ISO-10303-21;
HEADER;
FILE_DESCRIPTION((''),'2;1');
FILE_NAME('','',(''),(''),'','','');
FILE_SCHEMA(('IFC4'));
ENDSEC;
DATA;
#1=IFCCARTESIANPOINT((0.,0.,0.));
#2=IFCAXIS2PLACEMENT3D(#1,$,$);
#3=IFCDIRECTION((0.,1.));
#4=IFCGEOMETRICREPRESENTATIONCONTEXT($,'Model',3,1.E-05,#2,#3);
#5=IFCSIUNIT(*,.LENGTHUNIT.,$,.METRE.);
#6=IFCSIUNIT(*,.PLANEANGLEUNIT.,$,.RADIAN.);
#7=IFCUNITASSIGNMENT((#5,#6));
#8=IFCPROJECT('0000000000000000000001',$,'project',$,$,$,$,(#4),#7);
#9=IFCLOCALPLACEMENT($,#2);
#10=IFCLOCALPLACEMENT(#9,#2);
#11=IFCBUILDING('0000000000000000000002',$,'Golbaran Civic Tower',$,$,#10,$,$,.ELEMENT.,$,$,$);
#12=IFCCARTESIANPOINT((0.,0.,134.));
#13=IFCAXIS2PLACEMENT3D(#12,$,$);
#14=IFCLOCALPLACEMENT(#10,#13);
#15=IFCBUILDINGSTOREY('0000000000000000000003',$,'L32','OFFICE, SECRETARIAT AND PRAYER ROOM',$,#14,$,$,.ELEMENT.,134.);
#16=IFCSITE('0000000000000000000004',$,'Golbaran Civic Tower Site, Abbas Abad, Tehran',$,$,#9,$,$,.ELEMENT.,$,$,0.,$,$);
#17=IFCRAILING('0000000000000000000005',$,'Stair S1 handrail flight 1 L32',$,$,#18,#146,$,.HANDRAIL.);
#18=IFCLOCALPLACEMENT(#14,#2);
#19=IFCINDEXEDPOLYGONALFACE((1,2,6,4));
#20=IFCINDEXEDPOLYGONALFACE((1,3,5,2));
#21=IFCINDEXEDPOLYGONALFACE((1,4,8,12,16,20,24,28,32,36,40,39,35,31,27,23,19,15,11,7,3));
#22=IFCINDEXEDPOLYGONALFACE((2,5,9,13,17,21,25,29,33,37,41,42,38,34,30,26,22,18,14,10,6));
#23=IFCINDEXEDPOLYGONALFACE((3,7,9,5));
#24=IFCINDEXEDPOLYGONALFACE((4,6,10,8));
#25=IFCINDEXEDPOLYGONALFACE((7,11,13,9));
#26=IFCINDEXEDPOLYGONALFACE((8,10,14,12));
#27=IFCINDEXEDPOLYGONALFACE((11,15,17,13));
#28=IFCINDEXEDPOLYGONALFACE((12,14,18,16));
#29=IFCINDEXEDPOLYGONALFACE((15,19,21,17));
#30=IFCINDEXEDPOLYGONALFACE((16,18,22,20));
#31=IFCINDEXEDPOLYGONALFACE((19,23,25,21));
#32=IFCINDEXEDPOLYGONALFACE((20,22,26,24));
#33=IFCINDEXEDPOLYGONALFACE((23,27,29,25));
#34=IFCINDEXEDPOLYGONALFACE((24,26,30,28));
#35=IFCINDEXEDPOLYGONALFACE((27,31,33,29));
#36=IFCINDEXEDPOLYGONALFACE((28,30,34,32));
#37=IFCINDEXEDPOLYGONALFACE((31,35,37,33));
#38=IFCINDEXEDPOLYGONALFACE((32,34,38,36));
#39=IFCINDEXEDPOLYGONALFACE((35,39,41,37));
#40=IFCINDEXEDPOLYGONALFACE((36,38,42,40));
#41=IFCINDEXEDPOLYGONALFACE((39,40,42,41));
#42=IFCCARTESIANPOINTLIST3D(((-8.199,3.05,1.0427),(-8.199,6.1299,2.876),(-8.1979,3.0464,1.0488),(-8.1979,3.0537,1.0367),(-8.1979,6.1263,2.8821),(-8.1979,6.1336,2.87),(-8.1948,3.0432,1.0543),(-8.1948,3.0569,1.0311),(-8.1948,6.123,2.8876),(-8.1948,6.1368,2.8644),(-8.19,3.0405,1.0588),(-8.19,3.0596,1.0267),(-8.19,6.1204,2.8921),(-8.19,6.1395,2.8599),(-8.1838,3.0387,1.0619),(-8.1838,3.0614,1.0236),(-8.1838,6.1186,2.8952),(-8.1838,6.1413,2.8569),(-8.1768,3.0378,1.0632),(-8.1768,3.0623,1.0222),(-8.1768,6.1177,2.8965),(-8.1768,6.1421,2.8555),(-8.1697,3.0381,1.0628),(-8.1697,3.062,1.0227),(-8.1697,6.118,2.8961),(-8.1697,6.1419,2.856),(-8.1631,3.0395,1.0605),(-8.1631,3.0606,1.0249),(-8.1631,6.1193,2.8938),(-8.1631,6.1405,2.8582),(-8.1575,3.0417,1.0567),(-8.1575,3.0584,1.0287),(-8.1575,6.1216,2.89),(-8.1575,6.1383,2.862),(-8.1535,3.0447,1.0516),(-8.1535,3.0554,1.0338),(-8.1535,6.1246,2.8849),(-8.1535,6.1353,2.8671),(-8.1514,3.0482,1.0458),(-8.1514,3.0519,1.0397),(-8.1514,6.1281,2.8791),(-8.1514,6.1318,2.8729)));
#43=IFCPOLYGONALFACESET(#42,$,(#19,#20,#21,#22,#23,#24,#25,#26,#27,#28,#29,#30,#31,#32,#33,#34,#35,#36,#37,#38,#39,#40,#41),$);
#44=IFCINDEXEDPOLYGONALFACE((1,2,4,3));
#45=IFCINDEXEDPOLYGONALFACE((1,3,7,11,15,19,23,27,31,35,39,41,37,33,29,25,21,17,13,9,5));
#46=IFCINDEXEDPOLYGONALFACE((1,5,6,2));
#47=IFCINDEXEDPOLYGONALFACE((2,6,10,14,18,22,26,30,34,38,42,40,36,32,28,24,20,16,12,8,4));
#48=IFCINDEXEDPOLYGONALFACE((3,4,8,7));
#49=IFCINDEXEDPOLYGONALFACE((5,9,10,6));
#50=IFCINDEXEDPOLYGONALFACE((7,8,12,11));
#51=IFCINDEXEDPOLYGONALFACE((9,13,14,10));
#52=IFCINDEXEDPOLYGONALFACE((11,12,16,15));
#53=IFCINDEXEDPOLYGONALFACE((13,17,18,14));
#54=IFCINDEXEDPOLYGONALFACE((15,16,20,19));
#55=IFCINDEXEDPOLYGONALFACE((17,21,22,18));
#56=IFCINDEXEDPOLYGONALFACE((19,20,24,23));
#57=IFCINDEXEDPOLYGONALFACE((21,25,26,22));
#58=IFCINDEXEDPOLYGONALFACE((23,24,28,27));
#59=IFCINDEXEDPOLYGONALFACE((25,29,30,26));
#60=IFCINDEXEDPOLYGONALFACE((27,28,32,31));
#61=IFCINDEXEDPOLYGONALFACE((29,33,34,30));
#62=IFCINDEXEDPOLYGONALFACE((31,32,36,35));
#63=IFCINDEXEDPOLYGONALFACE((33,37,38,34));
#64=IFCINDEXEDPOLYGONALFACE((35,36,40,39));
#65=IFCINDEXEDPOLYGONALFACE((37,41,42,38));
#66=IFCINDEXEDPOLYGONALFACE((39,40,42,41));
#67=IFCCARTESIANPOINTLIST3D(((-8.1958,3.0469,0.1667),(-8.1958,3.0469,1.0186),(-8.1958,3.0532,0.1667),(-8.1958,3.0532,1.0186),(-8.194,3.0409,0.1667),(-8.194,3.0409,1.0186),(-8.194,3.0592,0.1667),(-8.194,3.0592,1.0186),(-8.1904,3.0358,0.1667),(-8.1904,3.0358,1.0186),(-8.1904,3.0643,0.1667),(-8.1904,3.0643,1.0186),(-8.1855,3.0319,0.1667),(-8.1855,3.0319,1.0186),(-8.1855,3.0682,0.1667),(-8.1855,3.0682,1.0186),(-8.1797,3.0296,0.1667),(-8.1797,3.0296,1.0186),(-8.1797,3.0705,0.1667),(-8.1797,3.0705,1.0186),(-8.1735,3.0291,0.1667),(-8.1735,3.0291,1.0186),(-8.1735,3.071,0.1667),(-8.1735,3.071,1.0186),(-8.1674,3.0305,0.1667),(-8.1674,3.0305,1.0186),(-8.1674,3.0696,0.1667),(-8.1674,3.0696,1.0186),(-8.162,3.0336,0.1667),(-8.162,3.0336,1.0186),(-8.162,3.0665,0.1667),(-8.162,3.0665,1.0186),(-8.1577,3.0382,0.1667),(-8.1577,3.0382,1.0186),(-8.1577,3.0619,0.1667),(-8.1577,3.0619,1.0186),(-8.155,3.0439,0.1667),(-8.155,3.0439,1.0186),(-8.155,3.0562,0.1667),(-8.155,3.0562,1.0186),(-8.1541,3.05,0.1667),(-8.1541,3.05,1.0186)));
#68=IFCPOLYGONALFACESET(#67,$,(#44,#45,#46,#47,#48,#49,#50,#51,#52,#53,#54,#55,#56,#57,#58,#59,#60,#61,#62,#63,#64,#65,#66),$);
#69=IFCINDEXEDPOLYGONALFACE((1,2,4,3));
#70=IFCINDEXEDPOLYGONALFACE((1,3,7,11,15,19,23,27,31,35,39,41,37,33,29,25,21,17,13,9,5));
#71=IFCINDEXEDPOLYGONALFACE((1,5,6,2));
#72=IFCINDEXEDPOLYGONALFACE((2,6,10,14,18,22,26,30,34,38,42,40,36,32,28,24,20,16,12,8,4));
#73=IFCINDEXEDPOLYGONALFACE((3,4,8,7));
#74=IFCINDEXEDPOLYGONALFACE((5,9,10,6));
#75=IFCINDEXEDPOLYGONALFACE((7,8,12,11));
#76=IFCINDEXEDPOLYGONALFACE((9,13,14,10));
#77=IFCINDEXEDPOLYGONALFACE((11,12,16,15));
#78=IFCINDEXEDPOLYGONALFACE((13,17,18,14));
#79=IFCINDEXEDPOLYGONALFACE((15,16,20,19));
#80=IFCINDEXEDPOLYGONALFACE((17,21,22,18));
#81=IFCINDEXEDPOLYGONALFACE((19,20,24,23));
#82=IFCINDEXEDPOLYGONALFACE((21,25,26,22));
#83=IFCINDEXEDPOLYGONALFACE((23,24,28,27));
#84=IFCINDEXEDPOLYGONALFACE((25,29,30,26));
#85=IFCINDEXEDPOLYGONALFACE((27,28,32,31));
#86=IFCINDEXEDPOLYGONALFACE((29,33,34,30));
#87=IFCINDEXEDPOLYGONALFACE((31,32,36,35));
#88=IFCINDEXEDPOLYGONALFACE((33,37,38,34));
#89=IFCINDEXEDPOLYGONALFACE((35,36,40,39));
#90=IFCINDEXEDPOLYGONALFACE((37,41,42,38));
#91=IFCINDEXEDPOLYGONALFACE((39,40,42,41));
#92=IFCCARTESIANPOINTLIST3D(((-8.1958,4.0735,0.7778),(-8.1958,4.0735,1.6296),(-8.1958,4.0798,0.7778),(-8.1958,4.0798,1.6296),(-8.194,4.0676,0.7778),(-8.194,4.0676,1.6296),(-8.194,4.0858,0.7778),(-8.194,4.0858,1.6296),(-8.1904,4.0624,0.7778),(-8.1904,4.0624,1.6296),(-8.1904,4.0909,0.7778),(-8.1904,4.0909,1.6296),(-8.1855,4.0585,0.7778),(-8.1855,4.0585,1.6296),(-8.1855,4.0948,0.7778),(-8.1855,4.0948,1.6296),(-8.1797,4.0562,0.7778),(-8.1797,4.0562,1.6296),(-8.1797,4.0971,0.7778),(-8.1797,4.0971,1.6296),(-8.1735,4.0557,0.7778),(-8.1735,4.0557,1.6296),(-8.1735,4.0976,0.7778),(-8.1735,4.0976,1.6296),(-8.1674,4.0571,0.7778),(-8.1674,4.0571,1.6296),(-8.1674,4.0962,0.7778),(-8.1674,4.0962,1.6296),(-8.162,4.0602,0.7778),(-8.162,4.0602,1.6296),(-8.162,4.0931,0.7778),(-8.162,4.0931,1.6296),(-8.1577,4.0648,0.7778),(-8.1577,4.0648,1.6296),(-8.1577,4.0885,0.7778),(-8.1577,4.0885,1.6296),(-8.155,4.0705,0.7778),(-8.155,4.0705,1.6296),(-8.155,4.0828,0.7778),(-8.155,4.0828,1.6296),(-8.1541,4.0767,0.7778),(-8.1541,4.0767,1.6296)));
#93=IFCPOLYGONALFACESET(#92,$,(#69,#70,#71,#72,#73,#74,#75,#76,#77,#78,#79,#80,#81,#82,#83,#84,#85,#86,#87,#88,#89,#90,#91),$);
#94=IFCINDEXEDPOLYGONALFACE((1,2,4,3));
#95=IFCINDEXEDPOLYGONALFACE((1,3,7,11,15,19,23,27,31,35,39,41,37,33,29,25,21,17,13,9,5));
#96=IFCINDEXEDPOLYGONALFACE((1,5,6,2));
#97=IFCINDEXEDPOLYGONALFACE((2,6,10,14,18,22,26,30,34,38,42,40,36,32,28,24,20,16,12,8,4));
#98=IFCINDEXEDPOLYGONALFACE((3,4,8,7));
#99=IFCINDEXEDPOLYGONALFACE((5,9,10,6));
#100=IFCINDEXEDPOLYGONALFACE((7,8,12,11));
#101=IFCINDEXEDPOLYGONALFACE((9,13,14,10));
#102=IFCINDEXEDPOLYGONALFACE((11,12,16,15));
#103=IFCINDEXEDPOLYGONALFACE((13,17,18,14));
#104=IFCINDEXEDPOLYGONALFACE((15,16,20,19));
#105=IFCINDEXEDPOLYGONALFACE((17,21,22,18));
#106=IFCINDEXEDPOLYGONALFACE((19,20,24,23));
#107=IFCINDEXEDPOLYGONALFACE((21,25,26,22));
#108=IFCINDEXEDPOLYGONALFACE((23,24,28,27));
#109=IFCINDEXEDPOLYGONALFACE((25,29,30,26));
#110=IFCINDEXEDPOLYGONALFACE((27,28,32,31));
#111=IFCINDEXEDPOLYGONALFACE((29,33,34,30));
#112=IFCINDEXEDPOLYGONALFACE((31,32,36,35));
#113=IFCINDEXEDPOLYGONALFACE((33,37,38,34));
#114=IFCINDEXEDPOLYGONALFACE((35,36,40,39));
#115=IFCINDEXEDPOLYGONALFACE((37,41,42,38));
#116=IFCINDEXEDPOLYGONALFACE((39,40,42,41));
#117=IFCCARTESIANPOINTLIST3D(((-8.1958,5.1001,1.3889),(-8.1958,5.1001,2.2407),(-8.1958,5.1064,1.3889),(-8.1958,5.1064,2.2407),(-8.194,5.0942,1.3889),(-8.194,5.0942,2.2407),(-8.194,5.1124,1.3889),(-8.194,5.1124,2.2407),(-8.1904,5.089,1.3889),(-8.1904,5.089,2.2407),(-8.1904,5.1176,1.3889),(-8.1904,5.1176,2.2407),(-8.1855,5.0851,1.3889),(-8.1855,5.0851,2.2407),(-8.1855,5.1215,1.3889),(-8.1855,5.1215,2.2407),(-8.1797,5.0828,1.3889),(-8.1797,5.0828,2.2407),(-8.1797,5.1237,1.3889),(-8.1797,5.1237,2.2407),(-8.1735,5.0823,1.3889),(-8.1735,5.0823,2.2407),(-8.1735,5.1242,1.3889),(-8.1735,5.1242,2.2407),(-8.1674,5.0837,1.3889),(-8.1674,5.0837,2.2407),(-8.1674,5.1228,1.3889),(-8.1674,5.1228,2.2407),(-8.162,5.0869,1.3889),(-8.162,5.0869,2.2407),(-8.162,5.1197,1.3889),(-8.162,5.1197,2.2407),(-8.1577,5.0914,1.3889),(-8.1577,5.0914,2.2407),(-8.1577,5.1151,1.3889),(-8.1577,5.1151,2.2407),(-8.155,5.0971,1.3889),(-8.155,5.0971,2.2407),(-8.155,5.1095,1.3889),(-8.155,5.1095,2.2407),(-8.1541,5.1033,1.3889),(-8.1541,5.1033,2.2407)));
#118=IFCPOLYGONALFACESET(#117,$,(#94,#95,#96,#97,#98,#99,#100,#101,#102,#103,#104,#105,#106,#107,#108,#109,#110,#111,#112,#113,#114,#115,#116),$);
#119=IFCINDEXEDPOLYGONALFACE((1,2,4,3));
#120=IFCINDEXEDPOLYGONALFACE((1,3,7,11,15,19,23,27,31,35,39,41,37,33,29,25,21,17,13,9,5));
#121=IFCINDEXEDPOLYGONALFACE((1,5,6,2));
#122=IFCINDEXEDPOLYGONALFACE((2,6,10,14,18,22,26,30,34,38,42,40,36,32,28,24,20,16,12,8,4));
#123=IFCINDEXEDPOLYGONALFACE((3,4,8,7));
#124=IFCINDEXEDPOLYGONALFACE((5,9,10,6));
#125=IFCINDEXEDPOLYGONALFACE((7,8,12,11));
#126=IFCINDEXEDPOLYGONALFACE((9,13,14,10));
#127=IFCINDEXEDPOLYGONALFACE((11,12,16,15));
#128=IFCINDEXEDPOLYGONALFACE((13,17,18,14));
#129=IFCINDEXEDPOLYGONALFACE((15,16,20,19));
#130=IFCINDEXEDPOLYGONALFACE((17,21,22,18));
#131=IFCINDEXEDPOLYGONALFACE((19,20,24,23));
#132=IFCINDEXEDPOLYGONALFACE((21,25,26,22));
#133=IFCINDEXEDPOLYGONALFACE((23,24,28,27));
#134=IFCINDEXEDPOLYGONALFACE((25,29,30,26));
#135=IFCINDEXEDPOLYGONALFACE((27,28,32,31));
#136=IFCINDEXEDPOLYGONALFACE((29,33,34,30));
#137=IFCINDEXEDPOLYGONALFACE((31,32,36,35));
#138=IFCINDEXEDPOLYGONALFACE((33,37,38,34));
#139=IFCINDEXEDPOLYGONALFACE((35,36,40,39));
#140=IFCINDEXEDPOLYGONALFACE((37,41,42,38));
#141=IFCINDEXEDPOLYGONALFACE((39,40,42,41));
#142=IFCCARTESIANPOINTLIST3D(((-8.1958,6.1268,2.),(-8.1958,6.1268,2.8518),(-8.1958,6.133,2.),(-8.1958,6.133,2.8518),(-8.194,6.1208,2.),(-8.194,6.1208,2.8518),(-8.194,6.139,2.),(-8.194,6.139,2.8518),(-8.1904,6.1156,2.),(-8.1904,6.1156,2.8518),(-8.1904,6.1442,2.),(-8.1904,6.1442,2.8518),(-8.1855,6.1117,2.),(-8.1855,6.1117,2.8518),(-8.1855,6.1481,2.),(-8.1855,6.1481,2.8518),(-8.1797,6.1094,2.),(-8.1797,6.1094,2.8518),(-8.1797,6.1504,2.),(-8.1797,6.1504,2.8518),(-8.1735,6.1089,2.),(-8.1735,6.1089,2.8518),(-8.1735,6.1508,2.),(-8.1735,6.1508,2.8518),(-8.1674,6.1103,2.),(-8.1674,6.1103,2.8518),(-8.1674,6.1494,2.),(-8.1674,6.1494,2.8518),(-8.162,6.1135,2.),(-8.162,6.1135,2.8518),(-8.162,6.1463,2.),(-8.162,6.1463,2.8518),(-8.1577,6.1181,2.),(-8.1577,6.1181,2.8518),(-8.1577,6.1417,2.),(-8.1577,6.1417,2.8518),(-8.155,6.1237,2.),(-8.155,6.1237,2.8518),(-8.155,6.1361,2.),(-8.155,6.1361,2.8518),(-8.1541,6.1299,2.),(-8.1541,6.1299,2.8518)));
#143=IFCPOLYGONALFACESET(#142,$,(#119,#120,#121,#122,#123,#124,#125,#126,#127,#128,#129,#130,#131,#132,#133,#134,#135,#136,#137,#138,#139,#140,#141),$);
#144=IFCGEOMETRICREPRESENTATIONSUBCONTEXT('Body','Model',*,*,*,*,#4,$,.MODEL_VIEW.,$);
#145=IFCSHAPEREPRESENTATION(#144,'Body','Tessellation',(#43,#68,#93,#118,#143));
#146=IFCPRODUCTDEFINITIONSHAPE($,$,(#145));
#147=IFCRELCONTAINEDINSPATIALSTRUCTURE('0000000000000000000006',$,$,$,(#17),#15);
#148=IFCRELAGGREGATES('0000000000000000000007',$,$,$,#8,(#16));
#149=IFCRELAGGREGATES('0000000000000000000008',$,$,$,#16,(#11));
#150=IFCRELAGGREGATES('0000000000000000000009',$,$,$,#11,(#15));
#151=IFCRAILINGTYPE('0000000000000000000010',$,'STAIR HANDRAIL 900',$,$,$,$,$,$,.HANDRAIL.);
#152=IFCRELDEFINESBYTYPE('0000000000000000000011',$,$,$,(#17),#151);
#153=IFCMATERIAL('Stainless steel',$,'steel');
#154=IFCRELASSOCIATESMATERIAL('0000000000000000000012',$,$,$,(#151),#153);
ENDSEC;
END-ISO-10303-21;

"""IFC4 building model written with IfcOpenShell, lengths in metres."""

from ifc_helpers import new_model, si_unit, direction, frame, origin, origin_2d, place, context, subcontext, project, spatial, circle, extrude, material, type_object, element, save


model = new_model("IFC4")

# Units and contexts
model_context = context("Model", 3, precision=1e-05, world=origin(), true_north=direction((0.0, 1.0)))
body_context = subcontext(model_context, "Body", "Model", "MODEL_VIEW")
ifc_project = project(units=[si_unit("LENGTHUNIT", "METRE"), si_unit("PLANEANGLEUNIT", "RADIAN")], contexts=[model_context])

# Site, building, storey
site_placement = place(None, origin())
site = spatial("IfcSite", under=ifc_project, at=site_placement, Name="Golbaran Civic Tower Site, Abbas Abad, Tehran", CompositionType="ELEMENT", RefElevation=0.0)
building_placement = place(site_placement, origin())
building = spatial("IfcBuilding", under=site, at=building_placement, Name="Golbaran Civic Tower", CompositionType="ELEMENT")
storey_placement = place(building_placement, frame((0.0, 0.0, 134.0)))
storey = spatial("IfcBuildingStorey", under=building, at=storey_placement, Name="L32", Description="OFFICE, SECRETARIAT AND PRAYER ROOM", CompositionType="ELEMENT", Elevation=134.0)

# Shared definitions
ifc_material_1 = material(Name="Stainless steel", Category="steel")

# Railing
railing_type = type_object("IfcRailingType", Name="STAIR HANDRAIL 900", PredefinedType="HANDRAIL", material=ifc_material_1)
railing_1_placement = place(storey_placement, frame((-8.175, 3.05, 0.1667)))
element("IfcRailing", 1, at=railing_1_placement, inside=storey, type_object=railing_type, Name="Stair S1 handrail flight 1 L32", PredefinedType="HANDRAIL", context=body_context, shape_type="SweptSolid", body=[
    extrude(circle(Radius=0.0239, at=origin_2d()), frame((0.0, 0.0, 0.876), z_axis=(0.0, 0.859291, 0.511487), x_axis=(-1.0, 0.0, 0.0)), (0.0, 0.0, 1.0), 3.5842),
    extrude(circle(Radius=0.021, at=origin_2d()), origin(), (0.0, 0.0, 1.0), 0.8518),
    extrude(circle(Radius=0.021, at=origin_2d()), frame((0.0, 1.0266, 0.6111)), (0.0, 0.0, 1.0), 0.8518),
    extrude(circle(Radius=0.021, at=origin_2d()), frame((0.0, 2.0532, 1.2222)), (0.0, 0.0, 1.0), 0.8518),
    extrude(circle(Radius=0.021, at=origin_2d()), frame((0.0, 3.0798, 1.8333)), (0.0, 0.0, 1.0), 0.8518),
])

save(model, "model.ifc")
